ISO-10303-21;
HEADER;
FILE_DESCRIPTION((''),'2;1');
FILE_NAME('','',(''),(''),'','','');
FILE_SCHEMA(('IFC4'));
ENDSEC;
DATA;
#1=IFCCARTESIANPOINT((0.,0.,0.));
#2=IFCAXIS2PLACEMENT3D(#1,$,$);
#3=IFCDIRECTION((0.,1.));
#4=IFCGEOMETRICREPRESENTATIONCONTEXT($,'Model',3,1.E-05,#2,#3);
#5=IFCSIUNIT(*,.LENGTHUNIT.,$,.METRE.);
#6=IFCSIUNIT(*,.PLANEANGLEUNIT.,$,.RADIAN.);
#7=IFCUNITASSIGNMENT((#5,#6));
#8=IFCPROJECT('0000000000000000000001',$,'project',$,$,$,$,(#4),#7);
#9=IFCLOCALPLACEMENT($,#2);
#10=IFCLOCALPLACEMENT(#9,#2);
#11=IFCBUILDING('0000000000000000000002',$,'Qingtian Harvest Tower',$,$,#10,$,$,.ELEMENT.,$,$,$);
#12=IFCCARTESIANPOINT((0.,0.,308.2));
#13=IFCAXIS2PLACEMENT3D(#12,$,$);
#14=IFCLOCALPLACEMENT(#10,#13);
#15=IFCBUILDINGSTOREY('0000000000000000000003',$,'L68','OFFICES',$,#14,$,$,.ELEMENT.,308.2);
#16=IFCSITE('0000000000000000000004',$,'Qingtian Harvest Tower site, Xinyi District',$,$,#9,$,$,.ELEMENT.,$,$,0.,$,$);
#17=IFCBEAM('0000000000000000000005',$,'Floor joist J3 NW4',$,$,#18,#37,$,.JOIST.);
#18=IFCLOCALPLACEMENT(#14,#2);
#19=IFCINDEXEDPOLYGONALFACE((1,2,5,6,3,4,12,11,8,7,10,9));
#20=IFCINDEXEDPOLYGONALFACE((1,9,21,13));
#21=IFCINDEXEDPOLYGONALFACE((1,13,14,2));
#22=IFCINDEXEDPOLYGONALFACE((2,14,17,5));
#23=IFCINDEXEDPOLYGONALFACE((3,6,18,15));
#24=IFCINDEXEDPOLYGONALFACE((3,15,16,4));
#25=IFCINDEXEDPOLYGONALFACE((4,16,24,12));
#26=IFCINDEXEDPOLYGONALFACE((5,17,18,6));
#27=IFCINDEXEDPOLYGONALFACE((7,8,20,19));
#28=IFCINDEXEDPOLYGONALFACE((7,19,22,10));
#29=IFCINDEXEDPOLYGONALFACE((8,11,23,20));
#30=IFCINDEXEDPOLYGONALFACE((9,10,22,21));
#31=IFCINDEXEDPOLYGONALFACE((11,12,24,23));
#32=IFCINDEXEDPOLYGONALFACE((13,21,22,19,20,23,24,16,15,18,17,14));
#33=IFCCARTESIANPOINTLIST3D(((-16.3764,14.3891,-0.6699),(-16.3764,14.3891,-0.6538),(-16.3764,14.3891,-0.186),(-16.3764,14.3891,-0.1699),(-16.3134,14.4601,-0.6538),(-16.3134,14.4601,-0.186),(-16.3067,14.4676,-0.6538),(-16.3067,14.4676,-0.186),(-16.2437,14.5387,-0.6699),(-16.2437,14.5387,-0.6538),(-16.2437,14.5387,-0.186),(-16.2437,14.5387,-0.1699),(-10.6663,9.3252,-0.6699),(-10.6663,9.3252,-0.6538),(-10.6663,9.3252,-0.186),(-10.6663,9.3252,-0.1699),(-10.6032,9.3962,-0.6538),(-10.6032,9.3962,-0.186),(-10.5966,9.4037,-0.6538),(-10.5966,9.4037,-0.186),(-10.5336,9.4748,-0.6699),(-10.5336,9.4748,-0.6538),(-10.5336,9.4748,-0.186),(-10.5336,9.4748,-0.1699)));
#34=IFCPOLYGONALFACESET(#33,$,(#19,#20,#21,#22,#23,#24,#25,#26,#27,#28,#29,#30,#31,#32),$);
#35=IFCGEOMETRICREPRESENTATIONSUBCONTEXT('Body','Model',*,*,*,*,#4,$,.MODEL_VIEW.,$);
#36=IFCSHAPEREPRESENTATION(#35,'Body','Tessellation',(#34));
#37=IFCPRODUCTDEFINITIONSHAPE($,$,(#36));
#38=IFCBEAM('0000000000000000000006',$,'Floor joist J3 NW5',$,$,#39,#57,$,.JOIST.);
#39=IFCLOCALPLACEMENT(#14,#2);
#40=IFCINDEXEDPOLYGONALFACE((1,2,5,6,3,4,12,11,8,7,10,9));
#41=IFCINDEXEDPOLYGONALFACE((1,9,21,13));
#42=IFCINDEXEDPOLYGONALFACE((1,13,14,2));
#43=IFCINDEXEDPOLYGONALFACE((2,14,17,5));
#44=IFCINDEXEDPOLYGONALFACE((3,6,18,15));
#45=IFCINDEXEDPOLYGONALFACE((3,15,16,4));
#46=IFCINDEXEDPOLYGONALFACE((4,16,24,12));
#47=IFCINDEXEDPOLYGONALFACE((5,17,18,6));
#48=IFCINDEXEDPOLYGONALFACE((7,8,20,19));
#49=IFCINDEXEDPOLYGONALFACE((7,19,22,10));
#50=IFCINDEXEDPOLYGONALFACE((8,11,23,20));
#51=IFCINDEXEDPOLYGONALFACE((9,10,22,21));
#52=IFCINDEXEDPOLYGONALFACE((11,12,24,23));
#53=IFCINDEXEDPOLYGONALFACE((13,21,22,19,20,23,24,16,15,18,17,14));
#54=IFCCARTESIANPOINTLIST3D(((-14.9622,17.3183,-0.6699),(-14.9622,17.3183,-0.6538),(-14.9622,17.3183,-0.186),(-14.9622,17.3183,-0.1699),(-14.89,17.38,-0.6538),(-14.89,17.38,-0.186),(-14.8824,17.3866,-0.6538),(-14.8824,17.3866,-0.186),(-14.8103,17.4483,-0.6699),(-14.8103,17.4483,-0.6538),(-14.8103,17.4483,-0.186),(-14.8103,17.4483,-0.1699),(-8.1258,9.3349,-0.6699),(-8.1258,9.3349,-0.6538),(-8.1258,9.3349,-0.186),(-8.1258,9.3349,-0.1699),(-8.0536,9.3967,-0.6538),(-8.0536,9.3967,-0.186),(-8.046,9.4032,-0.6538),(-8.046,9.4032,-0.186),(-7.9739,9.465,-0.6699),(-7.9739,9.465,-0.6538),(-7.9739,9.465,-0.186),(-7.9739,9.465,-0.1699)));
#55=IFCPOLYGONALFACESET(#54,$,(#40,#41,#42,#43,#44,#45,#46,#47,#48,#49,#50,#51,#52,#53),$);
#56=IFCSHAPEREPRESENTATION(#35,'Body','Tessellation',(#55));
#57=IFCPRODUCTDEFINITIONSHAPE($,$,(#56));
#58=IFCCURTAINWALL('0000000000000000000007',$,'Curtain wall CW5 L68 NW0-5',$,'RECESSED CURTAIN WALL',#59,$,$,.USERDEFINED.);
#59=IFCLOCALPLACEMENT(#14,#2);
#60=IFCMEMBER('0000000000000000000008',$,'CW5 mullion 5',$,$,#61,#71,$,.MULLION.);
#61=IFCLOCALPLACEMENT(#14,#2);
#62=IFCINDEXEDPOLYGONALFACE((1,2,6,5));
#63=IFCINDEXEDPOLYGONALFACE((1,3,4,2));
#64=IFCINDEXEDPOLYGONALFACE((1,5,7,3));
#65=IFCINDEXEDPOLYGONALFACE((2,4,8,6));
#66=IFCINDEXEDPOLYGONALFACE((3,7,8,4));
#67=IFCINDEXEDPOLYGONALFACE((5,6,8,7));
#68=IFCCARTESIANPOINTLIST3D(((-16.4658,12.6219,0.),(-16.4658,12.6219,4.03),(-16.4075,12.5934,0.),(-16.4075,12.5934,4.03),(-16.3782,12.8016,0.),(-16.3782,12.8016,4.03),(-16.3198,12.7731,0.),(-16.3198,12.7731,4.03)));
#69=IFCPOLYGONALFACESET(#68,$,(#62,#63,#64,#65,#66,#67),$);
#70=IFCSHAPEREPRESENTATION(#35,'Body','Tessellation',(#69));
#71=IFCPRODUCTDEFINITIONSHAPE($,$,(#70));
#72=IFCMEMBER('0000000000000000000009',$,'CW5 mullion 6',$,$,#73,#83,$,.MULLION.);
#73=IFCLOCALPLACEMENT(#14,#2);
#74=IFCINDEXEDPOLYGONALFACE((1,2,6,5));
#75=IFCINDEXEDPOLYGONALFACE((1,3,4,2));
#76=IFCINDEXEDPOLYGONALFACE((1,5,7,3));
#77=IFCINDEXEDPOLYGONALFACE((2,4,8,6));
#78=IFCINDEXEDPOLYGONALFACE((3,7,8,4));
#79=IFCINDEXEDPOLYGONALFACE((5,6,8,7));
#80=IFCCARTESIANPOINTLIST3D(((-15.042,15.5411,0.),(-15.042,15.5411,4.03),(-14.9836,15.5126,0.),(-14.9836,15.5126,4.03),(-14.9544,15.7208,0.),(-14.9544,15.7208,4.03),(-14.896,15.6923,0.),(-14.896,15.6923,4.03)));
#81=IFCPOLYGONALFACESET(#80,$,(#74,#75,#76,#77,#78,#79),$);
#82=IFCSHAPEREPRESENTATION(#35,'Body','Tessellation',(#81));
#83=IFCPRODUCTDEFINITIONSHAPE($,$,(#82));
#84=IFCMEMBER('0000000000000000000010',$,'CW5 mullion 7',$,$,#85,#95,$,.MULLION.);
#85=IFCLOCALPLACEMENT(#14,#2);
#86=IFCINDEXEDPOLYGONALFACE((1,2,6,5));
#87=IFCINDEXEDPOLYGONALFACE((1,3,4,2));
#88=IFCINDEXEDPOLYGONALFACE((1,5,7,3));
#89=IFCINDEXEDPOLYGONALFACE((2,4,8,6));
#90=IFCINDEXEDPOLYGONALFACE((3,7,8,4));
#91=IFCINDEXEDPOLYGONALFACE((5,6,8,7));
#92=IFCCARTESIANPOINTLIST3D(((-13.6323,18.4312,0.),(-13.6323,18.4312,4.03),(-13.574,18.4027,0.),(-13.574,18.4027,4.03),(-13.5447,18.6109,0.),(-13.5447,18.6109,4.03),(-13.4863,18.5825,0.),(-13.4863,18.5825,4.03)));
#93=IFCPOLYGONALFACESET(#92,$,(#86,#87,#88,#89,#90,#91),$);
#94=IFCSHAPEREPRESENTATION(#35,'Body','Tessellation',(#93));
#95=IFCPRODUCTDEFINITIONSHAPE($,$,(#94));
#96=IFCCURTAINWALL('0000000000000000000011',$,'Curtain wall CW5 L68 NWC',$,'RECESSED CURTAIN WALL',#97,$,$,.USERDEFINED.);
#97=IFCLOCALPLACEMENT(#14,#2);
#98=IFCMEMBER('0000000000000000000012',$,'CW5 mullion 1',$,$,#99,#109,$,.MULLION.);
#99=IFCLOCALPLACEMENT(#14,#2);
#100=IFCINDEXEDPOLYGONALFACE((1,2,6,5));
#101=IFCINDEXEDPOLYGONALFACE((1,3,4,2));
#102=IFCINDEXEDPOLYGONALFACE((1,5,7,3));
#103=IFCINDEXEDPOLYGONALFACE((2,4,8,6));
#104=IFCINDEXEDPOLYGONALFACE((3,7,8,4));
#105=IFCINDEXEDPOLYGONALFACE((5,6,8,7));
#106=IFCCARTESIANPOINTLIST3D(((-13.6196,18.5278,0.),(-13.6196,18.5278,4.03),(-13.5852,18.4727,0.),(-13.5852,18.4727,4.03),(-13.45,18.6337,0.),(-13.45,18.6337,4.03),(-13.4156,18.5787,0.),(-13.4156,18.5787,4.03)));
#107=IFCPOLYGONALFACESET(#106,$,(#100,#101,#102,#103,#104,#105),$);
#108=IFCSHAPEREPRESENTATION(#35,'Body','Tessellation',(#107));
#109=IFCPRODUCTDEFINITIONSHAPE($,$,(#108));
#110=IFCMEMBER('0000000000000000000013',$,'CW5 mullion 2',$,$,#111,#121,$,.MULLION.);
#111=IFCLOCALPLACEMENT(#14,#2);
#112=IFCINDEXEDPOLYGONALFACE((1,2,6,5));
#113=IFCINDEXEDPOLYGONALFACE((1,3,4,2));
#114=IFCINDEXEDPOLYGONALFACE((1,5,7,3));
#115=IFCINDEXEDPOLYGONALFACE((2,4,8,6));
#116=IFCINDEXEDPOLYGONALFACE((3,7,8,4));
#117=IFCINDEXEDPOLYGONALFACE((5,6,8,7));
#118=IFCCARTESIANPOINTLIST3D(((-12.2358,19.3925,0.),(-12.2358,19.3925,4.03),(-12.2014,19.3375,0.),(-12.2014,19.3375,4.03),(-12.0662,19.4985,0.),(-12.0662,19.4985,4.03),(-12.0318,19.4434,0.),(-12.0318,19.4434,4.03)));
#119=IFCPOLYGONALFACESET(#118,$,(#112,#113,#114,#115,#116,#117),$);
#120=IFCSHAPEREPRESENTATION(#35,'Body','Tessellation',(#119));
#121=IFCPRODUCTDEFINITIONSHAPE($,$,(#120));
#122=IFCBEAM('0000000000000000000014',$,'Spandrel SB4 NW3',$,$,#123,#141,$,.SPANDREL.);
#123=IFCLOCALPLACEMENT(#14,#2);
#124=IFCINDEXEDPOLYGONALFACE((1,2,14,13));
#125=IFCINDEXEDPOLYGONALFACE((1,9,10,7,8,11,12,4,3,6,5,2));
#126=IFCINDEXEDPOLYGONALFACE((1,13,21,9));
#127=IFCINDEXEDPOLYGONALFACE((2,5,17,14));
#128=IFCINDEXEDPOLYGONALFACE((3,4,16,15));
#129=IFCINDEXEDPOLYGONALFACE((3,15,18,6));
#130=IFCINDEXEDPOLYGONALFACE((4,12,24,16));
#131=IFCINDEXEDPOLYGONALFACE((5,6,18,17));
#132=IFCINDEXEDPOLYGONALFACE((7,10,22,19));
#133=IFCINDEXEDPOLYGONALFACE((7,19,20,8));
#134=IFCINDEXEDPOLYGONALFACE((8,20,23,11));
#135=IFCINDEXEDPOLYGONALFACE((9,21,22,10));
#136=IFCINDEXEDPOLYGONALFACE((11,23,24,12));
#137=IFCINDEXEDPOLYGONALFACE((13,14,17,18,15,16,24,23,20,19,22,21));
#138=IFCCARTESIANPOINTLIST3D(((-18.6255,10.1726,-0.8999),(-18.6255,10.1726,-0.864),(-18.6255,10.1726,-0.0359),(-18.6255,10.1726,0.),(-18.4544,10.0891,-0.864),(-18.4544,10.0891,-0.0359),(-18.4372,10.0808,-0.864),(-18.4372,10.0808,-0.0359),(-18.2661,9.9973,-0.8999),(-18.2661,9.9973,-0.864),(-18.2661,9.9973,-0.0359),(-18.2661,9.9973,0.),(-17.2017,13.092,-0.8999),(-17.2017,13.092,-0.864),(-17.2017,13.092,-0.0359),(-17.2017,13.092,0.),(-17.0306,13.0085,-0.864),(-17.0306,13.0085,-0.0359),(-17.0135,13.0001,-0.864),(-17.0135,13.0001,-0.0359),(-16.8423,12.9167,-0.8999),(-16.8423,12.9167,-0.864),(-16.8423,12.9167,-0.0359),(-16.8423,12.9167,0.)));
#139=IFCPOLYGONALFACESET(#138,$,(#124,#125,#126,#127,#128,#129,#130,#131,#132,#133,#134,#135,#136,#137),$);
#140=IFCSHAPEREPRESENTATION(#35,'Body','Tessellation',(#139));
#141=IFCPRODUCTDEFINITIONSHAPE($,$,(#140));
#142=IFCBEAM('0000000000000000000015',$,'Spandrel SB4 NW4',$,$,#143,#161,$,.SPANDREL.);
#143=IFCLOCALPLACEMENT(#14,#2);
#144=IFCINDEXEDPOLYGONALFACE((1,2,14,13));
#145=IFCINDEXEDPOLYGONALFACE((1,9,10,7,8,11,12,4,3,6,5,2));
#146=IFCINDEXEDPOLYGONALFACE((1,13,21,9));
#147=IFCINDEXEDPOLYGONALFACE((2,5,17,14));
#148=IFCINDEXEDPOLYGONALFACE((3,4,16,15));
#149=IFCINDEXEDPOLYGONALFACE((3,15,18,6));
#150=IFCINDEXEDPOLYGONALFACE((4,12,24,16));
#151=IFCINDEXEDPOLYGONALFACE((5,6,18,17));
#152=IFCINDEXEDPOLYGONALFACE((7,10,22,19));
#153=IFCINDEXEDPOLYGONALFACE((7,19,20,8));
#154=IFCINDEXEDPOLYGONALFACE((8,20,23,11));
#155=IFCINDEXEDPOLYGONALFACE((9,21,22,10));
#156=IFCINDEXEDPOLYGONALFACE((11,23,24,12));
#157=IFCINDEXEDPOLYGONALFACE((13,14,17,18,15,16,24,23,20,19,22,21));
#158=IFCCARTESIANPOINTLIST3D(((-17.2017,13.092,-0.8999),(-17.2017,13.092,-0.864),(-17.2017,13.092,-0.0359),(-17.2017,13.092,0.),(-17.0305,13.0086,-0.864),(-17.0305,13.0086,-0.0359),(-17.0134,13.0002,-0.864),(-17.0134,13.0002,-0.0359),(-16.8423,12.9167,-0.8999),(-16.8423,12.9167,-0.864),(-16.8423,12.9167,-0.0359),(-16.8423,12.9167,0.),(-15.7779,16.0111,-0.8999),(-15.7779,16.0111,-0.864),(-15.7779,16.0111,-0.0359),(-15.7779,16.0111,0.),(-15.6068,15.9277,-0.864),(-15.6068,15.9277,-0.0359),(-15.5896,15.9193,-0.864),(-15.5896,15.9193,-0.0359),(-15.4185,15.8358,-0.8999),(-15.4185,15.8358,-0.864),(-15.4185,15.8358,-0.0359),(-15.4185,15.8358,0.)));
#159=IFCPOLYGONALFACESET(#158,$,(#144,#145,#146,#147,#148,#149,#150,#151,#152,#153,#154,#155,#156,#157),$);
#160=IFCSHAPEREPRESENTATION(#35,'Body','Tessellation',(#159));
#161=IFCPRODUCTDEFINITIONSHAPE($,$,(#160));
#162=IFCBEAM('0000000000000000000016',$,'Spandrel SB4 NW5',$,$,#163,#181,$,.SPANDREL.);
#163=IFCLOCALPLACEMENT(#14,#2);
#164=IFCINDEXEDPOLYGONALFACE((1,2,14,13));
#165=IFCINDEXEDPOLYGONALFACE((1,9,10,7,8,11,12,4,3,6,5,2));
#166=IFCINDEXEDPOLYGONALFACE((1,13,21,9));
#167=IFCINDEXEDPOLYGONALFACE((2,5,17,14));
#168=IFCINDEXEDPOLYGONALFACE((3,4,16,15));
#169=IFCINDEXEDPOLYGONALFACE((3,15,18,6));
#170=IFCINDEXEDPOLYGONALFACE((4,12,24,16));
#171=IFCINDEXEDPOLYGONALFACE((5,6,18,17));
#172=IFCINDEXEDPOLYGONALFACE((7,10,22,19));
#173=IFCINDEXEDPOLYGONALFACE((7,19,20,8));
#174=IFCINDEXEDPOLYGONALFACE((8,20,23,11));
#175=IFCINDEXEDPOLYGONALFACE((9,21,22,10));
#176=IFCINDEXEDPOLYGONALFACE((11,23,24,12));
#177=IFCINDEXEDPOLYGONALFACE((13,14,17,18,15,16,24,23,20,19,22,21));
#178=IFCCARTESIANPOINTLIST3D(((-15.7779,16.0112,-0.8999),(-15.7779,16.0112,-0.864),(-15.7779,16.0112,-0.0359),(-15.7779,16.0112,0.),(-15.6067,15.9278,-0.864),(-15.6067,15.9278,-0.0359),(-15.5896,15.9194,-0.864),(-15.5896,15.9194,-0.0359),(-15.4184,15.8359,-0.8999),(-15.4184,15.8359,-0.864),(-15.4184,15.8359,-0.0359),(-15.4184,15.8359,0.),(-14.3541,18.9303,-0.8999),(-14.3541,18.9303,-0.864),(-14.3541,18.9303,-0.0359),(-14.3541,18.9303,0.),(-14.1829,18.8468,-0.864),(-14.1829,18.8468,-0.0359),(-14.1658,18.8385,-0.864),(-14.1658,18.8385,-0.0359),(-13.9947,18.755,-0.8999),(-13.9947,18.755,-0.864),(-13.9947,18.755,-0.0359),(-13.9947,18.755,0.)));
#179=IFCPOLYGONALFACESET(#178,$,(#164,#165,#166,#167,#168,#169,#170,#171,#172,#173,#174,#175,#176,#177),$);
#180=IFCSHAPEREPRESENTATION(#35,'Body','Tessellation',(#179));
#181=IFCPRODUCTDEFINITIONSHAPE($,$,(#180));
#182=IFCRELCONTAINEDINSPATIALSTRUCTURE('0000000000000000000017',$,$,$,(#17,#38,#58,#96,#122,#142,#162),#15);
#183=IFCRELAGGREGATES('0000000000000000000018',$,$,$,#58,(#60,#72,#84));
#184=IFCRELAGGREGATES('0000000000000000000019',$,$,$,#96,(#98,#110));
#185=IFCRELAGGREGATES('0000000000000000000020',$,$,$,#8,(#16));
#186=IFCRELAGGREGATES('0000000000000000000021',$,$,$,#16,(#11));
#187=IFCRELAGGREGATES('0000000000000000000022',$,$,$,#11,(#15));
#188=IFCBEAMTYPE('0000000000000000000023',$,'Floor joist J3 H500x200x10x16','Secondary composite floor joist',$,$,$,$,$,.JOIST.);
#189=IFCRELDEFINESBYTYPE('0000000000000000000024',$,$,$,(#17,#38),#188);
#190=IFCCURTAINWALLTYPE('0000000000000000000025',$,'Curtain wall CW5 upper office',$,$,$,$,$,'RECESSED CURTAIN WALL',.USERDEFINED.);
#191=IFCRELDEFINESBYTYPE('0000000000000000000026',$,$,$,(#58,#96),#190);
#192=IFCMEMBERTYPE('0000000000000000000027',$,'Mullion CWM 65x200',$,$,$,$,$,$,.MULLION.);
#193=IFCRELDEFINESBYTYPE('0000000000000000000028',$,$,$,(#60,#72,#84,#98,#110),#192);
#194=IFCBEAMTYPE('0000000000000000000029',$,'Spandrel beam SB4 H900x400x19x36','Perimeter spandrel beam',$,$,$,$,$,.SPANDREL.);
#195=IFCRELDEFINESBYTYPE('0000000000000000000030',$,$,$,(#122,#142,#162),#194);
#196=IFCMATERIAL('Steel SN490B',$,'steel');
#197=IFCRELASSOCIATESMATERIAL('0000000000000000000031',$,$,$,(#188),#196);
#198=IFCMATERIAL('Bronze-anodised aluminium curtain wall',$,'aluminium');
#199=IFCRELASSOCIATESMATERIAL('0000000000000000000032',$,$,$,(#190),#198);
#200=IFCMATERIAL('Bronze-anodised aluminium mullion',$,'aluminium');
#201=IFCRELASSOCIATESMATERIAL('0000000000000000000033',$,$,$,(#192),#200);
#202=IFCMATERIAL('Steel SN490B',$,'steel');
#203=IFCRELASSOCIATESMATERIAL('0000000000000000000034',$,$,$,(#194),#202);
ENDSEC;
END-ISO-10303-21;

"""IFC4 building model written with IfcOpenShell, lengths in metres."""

from ifc_helpers import new_model, si_unit, direction, frame, origin, origin_2d, place, context, subcontext, project, spatial, rectangle, i_section, extrude, material, material_profile, profile_set, type_object, element, aggregate, save


model = new_model("IFC4")

# Units and contexts
model_context = context("Model", 3, precision=1e-05, world=origin(), true_north=direction((0.0, 1.0)))
body_context = subcontext(model_context, "Body", "Model", "MODEL_VIEW")
ifc_project = project(units=[si_unit("LENGTHUNIT", "METRE"), si_unit("PLANEANGLEUNIT", "RADIAN")], contexts=[model_context])

# Site, building, storey
site_placement = place(None, origin())
site = spatial("IfcSite", under=ifc_project, at=site_placement, Name="Qingtian Harvest Tower site, Xinyi District", CompositionType="ELEMENT", RefElevation=0.0)
building_placement = place(site_placement, origin())
building = spatial("IfcBuilding", under=site, at=building_placement, Name="Qingtian Harvest Tower", CompositionType="ELEMENT")
storey_placement = place(building_placement, frame((0.0, 0.0, 308.2)))
storey = spatial("IfcBuildingStorey", under=building, at=storey_placement, Name="L68", Description="OFFICES", CompositionType="ELEMENT", Elevation=308.2)

# Beams
ifc_material_1 = material(Name="Steel SN490B", Category="steel")
ifc_material_profile_1 = material_profile(ifc_material_1, i_section(OverallWidth=0.2, OverallDepth=0.5, WebThickness=0.01, FlangeThickness=0.0161, at=origin_2d()), Name="H500x200x10x16")
ifc_profile_set_1 = profile_set([ifc_material_profile_1], Name="Steel SN490B")
beam_type_1 = type_object("IfcBeamType", Name="Floor joist J3 H500x200x10x16", Description="Secondary composite floor joist", PredefinedType="JOIST", material=ifc_profile_set_1)
beam_1_placement = place(storey_placement, frame((-16.3101, 14.4639, -0.4199), z_axis=(0.748175, -0.663502, 0.0), x_axis=(0.663502, 0.748175, 0.0)))
element("IfcBeam", 1, at=beam_1_placement, inside=storey, type_object=beam_type_1, Name="Floor joist J3 NW4", PredefinedType="JOIST", context=body_context, shape_type="SweptSolid", body=[
    extrude(i_section(OverallWidth=0.2, OverallDepth=0.5, WebThickness=0.01, FlangeThickness=0.0161, at=origin_2d()), origin(), (0.0, 0.0, 1.0), 7.6321),
])
beam_2_placement = place(storey_placement, frame((-14.8862, 17.3833, -0.4199), z_axis=(0.650436, -0.759561, 0.0), x_axis=(0.759561, 0.650436, 0.0)))
element("IfcBeam", 2, at=beam_2_placement, inside=storey, type_object=beam_type_1, Name="Floor joist J3 NW5", PredefinedType="JOIST", context=body_context, shape_type="SweptSolid", body=[
    extrude(i_section(OverallWidth=0.2, OverallDepth=0.5, WebThickness=0.01, FlangeThickness=0.0161, at=origin_2d()), origin(), (0.0, 0.0, 1.0), 10.5105),
])

# Curtain walls, members
ifc_material_2 = material(Name="Bronze-anodised aluminium curtain wall", Category="aluminium")
curtain_wall_type = type_object("IfcCurtainWallType", Name="Curtain wall CW5 upper office", ElementType="RECESSED CURTAIN WALL", PredefinedType="USERDEFINED", material=ifc_material_2)
curtain_wall_1_placement = place(storey_placement, origin())
curtain_wall_1 = element("IfcCurtainWall", 3, at=curtain_wall_1_placement, inside=storey, type_object=curtain_wall_type, Name="Curtain wall CW5 L68 NW0-5", ObjectType="RECESSED CURTAIN WALL", PredefinedType="USERDEFINED")
ifc_material_3 = material(Name="Bronze-anodised aluminium mullion", Category="aluminium")
ifc_material_profile_2 = material_profile(ifc_material_3, rectangle(XDim=0.0649, YDim=0.2, at=origin_2d()), Name="AL 65x200")
ifc_profile_set_2 = profile_set([ifc_material_profile_2], Name="Bronze-anodised aluminium mullion")
member_type_1 = type_object("IfcMemberType", Name="Mullion CWM 65x200", PredefinedType="MULLION", material=ifc_profile_set_2)
member_1_placement = place(storey_placement, frame((-16.3928, 12.6975, 0.0), z_axis=(0.0, 0.0, 1.0), x_axis=(-0.898794, 0.438371, 0.0)))
member_1 = element("IfcMember", 4, at=member_1_placement, type_object=member_type_1, Name="CW5 mullion 5", PredefinedType="MULLION", context=body_context, shape_type="SweptSolid", body=[
    extrude(rectangle(XDim=0.0649, YDim=0.2, at=origin_2d()), origin(), (0.0, 0.0, 1.0), 4.03),
])
member_2_placement = place(storey_placement, frame((-14.969, 15.6167, 0.0), z_axis=(0.0, 0.0, 1.0), x_axis=(-0.898794, 0.438371, 0.0)))
member_2 = element("IfcMember", 5, at=member_2_placement, type_object=member_type_1, Name="CW5 mullion 6", PredefinedType="MULLION", context=body_context, shape_type="SweptSolid", body=[
    extrude(rectangle(XDim=0.0649, YDim=0.2, at=origin_2d()), origin(), (0.0, 0.0, 1.0), 4.03),
])
member_3_placement = place(storey_placement, frame((-13.5593, 18.5068, 0.0), z_axis=(0.0, 0.0, 1.0), x_axis=(-0.898794, 0.438371, 0.0)))
member_3 = element("IfcMember", 6, at=member_3_placement, type_object=member_type_1, Name="CW5 mullion 7", PredefinedType="MULLION", context=body_context, shape_type="SweptSolid", body=[
    extrude(rectangle(XDim=0.0649, YDim=0.2, at=origin_2d()), origin(), (0.0, 0.0, 1.0), 4.03),
])
curtain_wall_2_placement = place(storey_placement, origin())
curtain_wall_2 = element("IfcCurtainWall", 7, at=curtain_wall_2_placement, inside=storey, type_object=curtain_wall_type, Name="Curtain wall CW5 L68 NWC", ObjectType="RECESSED CURTAIN WALL", PredefinedType="USERDEFINED")
member_4_placement = place(storey_placement, frame((-13.5176, 18.5532, 0.0), z_axis=(0.0, 0.0, 1.0), x_axis=(-0.529919, 0.848048, 0.0)))
member_4 = element("IfcMember", 8, at=member_4_placement, type_object=member_type_1, Name="CW5 mullion 1", PredefinedType="MULLION", context=body_context, shape_type="SweptSolid", body=[
    extrude(rectangle(XDim=0.0649, YDim=0.2, at=origin_2d()), origin(), (0.0, 0.0, 1.0), 4.03),
])
member_5_placement = place(storey_placement, frame((-12.1338, 19.418, 0.0), z_axis=(0.0, 0.0, 1.0), x_axis=(-0.529919, 0.848048, 0.0)))
member_5 = element("IfcMember", 9, at=member_5_placement, type_object=member_type_1, Name="CW5 mullion 2", PredefinedType="MULLION", context=body_context, shape_type="SweptSolid", body=[
    extrude(rectangle(XDim=0.0649, YDim=0.2, at=origin_2d()), origin(), (0.0, 0.0, 1.0), 4.03),
])

# Beams
ifc_material_4 = material(Name="Steel SN490B", Category="steel")
ifc_material_profile_3 = material_profile(ifc_material_4, i_section(OverallWidth=0.3999, OverallDepth=0.8999, WebThickness=0.019, FlangeThickness=0.0359, at=origin_2d()), Name="H900x400x19x36")
ifc_profile_set_3 = profile_set([ifc_material_profile_3], Name="Steel SN490B")
beam_type_2 = type_object("IfcBeamType", Name="Spandrel beam SB4 H900x400x19x36", Description="Perimeter spandrel beam", PredefinedType="SPANDREL", material=ifc_profile_set_3)
beam_3_placement = place(storey_placement, frame((-18.4458, 10.085, -0.45), z_axis=(0.438353, 0.898803, 0.0), x_axis=(-0.898803, 0.438353, 0.0)))
element("IfcBeam", 10, at=beam_3_placement, inside=storey, type_object=beam_type_2, Name="Spandrel SB4 NW3", PredefinedType="SPANDREL", context=body_context, shape_type="SweptSolid", body=[
    extrude(i_section(OverallWidth=0.3999, OverallDepth=0.8999, WebThickness=0.019, FlangeThickness=0.0359, at=origin_2d()), origin(), (0.0, 0.0, 1.0), 3.248),
])
for number, where, z_axis, x_axis, name in (
    (11, (-17.022, 13.0044, -0.45), (0.438382, 0.898789, 0.0), (-0.898789, 0.438382, 0.0), "Spandrel SB4 NW4"),
    (12, (-15.5981, 15.9236, -0.45), (0.438382, 0.898789, 0.0), (-0.898789, 0.438382, 0.0), "Spandrel SB4 NW5"),
):
    element("IfcBeam", number, at=place(storey_placement, frame(where, z_axis=z_axis, x_axis=x_axis)), inside=storey, type_object=beam_type_2, Name=name, PredefinedType="SPANDREL", context=body_context, shape_type="SweptSolid", body=[
        extrude(i_section(OverallWidth=0.3999, OverallDepth=0.8999, WebThickness=0.019, FlangeThickness=0.0359, at=origin_2d()), origin(), (0.0, 0.0, 1.0), 3.2478),
    ])

aggregate(curtain_wall_1, [member_1, member_2, member_3])
aggregate(curtain_wall_2, [member_4, member_5])

save(model, "model.ifc")
